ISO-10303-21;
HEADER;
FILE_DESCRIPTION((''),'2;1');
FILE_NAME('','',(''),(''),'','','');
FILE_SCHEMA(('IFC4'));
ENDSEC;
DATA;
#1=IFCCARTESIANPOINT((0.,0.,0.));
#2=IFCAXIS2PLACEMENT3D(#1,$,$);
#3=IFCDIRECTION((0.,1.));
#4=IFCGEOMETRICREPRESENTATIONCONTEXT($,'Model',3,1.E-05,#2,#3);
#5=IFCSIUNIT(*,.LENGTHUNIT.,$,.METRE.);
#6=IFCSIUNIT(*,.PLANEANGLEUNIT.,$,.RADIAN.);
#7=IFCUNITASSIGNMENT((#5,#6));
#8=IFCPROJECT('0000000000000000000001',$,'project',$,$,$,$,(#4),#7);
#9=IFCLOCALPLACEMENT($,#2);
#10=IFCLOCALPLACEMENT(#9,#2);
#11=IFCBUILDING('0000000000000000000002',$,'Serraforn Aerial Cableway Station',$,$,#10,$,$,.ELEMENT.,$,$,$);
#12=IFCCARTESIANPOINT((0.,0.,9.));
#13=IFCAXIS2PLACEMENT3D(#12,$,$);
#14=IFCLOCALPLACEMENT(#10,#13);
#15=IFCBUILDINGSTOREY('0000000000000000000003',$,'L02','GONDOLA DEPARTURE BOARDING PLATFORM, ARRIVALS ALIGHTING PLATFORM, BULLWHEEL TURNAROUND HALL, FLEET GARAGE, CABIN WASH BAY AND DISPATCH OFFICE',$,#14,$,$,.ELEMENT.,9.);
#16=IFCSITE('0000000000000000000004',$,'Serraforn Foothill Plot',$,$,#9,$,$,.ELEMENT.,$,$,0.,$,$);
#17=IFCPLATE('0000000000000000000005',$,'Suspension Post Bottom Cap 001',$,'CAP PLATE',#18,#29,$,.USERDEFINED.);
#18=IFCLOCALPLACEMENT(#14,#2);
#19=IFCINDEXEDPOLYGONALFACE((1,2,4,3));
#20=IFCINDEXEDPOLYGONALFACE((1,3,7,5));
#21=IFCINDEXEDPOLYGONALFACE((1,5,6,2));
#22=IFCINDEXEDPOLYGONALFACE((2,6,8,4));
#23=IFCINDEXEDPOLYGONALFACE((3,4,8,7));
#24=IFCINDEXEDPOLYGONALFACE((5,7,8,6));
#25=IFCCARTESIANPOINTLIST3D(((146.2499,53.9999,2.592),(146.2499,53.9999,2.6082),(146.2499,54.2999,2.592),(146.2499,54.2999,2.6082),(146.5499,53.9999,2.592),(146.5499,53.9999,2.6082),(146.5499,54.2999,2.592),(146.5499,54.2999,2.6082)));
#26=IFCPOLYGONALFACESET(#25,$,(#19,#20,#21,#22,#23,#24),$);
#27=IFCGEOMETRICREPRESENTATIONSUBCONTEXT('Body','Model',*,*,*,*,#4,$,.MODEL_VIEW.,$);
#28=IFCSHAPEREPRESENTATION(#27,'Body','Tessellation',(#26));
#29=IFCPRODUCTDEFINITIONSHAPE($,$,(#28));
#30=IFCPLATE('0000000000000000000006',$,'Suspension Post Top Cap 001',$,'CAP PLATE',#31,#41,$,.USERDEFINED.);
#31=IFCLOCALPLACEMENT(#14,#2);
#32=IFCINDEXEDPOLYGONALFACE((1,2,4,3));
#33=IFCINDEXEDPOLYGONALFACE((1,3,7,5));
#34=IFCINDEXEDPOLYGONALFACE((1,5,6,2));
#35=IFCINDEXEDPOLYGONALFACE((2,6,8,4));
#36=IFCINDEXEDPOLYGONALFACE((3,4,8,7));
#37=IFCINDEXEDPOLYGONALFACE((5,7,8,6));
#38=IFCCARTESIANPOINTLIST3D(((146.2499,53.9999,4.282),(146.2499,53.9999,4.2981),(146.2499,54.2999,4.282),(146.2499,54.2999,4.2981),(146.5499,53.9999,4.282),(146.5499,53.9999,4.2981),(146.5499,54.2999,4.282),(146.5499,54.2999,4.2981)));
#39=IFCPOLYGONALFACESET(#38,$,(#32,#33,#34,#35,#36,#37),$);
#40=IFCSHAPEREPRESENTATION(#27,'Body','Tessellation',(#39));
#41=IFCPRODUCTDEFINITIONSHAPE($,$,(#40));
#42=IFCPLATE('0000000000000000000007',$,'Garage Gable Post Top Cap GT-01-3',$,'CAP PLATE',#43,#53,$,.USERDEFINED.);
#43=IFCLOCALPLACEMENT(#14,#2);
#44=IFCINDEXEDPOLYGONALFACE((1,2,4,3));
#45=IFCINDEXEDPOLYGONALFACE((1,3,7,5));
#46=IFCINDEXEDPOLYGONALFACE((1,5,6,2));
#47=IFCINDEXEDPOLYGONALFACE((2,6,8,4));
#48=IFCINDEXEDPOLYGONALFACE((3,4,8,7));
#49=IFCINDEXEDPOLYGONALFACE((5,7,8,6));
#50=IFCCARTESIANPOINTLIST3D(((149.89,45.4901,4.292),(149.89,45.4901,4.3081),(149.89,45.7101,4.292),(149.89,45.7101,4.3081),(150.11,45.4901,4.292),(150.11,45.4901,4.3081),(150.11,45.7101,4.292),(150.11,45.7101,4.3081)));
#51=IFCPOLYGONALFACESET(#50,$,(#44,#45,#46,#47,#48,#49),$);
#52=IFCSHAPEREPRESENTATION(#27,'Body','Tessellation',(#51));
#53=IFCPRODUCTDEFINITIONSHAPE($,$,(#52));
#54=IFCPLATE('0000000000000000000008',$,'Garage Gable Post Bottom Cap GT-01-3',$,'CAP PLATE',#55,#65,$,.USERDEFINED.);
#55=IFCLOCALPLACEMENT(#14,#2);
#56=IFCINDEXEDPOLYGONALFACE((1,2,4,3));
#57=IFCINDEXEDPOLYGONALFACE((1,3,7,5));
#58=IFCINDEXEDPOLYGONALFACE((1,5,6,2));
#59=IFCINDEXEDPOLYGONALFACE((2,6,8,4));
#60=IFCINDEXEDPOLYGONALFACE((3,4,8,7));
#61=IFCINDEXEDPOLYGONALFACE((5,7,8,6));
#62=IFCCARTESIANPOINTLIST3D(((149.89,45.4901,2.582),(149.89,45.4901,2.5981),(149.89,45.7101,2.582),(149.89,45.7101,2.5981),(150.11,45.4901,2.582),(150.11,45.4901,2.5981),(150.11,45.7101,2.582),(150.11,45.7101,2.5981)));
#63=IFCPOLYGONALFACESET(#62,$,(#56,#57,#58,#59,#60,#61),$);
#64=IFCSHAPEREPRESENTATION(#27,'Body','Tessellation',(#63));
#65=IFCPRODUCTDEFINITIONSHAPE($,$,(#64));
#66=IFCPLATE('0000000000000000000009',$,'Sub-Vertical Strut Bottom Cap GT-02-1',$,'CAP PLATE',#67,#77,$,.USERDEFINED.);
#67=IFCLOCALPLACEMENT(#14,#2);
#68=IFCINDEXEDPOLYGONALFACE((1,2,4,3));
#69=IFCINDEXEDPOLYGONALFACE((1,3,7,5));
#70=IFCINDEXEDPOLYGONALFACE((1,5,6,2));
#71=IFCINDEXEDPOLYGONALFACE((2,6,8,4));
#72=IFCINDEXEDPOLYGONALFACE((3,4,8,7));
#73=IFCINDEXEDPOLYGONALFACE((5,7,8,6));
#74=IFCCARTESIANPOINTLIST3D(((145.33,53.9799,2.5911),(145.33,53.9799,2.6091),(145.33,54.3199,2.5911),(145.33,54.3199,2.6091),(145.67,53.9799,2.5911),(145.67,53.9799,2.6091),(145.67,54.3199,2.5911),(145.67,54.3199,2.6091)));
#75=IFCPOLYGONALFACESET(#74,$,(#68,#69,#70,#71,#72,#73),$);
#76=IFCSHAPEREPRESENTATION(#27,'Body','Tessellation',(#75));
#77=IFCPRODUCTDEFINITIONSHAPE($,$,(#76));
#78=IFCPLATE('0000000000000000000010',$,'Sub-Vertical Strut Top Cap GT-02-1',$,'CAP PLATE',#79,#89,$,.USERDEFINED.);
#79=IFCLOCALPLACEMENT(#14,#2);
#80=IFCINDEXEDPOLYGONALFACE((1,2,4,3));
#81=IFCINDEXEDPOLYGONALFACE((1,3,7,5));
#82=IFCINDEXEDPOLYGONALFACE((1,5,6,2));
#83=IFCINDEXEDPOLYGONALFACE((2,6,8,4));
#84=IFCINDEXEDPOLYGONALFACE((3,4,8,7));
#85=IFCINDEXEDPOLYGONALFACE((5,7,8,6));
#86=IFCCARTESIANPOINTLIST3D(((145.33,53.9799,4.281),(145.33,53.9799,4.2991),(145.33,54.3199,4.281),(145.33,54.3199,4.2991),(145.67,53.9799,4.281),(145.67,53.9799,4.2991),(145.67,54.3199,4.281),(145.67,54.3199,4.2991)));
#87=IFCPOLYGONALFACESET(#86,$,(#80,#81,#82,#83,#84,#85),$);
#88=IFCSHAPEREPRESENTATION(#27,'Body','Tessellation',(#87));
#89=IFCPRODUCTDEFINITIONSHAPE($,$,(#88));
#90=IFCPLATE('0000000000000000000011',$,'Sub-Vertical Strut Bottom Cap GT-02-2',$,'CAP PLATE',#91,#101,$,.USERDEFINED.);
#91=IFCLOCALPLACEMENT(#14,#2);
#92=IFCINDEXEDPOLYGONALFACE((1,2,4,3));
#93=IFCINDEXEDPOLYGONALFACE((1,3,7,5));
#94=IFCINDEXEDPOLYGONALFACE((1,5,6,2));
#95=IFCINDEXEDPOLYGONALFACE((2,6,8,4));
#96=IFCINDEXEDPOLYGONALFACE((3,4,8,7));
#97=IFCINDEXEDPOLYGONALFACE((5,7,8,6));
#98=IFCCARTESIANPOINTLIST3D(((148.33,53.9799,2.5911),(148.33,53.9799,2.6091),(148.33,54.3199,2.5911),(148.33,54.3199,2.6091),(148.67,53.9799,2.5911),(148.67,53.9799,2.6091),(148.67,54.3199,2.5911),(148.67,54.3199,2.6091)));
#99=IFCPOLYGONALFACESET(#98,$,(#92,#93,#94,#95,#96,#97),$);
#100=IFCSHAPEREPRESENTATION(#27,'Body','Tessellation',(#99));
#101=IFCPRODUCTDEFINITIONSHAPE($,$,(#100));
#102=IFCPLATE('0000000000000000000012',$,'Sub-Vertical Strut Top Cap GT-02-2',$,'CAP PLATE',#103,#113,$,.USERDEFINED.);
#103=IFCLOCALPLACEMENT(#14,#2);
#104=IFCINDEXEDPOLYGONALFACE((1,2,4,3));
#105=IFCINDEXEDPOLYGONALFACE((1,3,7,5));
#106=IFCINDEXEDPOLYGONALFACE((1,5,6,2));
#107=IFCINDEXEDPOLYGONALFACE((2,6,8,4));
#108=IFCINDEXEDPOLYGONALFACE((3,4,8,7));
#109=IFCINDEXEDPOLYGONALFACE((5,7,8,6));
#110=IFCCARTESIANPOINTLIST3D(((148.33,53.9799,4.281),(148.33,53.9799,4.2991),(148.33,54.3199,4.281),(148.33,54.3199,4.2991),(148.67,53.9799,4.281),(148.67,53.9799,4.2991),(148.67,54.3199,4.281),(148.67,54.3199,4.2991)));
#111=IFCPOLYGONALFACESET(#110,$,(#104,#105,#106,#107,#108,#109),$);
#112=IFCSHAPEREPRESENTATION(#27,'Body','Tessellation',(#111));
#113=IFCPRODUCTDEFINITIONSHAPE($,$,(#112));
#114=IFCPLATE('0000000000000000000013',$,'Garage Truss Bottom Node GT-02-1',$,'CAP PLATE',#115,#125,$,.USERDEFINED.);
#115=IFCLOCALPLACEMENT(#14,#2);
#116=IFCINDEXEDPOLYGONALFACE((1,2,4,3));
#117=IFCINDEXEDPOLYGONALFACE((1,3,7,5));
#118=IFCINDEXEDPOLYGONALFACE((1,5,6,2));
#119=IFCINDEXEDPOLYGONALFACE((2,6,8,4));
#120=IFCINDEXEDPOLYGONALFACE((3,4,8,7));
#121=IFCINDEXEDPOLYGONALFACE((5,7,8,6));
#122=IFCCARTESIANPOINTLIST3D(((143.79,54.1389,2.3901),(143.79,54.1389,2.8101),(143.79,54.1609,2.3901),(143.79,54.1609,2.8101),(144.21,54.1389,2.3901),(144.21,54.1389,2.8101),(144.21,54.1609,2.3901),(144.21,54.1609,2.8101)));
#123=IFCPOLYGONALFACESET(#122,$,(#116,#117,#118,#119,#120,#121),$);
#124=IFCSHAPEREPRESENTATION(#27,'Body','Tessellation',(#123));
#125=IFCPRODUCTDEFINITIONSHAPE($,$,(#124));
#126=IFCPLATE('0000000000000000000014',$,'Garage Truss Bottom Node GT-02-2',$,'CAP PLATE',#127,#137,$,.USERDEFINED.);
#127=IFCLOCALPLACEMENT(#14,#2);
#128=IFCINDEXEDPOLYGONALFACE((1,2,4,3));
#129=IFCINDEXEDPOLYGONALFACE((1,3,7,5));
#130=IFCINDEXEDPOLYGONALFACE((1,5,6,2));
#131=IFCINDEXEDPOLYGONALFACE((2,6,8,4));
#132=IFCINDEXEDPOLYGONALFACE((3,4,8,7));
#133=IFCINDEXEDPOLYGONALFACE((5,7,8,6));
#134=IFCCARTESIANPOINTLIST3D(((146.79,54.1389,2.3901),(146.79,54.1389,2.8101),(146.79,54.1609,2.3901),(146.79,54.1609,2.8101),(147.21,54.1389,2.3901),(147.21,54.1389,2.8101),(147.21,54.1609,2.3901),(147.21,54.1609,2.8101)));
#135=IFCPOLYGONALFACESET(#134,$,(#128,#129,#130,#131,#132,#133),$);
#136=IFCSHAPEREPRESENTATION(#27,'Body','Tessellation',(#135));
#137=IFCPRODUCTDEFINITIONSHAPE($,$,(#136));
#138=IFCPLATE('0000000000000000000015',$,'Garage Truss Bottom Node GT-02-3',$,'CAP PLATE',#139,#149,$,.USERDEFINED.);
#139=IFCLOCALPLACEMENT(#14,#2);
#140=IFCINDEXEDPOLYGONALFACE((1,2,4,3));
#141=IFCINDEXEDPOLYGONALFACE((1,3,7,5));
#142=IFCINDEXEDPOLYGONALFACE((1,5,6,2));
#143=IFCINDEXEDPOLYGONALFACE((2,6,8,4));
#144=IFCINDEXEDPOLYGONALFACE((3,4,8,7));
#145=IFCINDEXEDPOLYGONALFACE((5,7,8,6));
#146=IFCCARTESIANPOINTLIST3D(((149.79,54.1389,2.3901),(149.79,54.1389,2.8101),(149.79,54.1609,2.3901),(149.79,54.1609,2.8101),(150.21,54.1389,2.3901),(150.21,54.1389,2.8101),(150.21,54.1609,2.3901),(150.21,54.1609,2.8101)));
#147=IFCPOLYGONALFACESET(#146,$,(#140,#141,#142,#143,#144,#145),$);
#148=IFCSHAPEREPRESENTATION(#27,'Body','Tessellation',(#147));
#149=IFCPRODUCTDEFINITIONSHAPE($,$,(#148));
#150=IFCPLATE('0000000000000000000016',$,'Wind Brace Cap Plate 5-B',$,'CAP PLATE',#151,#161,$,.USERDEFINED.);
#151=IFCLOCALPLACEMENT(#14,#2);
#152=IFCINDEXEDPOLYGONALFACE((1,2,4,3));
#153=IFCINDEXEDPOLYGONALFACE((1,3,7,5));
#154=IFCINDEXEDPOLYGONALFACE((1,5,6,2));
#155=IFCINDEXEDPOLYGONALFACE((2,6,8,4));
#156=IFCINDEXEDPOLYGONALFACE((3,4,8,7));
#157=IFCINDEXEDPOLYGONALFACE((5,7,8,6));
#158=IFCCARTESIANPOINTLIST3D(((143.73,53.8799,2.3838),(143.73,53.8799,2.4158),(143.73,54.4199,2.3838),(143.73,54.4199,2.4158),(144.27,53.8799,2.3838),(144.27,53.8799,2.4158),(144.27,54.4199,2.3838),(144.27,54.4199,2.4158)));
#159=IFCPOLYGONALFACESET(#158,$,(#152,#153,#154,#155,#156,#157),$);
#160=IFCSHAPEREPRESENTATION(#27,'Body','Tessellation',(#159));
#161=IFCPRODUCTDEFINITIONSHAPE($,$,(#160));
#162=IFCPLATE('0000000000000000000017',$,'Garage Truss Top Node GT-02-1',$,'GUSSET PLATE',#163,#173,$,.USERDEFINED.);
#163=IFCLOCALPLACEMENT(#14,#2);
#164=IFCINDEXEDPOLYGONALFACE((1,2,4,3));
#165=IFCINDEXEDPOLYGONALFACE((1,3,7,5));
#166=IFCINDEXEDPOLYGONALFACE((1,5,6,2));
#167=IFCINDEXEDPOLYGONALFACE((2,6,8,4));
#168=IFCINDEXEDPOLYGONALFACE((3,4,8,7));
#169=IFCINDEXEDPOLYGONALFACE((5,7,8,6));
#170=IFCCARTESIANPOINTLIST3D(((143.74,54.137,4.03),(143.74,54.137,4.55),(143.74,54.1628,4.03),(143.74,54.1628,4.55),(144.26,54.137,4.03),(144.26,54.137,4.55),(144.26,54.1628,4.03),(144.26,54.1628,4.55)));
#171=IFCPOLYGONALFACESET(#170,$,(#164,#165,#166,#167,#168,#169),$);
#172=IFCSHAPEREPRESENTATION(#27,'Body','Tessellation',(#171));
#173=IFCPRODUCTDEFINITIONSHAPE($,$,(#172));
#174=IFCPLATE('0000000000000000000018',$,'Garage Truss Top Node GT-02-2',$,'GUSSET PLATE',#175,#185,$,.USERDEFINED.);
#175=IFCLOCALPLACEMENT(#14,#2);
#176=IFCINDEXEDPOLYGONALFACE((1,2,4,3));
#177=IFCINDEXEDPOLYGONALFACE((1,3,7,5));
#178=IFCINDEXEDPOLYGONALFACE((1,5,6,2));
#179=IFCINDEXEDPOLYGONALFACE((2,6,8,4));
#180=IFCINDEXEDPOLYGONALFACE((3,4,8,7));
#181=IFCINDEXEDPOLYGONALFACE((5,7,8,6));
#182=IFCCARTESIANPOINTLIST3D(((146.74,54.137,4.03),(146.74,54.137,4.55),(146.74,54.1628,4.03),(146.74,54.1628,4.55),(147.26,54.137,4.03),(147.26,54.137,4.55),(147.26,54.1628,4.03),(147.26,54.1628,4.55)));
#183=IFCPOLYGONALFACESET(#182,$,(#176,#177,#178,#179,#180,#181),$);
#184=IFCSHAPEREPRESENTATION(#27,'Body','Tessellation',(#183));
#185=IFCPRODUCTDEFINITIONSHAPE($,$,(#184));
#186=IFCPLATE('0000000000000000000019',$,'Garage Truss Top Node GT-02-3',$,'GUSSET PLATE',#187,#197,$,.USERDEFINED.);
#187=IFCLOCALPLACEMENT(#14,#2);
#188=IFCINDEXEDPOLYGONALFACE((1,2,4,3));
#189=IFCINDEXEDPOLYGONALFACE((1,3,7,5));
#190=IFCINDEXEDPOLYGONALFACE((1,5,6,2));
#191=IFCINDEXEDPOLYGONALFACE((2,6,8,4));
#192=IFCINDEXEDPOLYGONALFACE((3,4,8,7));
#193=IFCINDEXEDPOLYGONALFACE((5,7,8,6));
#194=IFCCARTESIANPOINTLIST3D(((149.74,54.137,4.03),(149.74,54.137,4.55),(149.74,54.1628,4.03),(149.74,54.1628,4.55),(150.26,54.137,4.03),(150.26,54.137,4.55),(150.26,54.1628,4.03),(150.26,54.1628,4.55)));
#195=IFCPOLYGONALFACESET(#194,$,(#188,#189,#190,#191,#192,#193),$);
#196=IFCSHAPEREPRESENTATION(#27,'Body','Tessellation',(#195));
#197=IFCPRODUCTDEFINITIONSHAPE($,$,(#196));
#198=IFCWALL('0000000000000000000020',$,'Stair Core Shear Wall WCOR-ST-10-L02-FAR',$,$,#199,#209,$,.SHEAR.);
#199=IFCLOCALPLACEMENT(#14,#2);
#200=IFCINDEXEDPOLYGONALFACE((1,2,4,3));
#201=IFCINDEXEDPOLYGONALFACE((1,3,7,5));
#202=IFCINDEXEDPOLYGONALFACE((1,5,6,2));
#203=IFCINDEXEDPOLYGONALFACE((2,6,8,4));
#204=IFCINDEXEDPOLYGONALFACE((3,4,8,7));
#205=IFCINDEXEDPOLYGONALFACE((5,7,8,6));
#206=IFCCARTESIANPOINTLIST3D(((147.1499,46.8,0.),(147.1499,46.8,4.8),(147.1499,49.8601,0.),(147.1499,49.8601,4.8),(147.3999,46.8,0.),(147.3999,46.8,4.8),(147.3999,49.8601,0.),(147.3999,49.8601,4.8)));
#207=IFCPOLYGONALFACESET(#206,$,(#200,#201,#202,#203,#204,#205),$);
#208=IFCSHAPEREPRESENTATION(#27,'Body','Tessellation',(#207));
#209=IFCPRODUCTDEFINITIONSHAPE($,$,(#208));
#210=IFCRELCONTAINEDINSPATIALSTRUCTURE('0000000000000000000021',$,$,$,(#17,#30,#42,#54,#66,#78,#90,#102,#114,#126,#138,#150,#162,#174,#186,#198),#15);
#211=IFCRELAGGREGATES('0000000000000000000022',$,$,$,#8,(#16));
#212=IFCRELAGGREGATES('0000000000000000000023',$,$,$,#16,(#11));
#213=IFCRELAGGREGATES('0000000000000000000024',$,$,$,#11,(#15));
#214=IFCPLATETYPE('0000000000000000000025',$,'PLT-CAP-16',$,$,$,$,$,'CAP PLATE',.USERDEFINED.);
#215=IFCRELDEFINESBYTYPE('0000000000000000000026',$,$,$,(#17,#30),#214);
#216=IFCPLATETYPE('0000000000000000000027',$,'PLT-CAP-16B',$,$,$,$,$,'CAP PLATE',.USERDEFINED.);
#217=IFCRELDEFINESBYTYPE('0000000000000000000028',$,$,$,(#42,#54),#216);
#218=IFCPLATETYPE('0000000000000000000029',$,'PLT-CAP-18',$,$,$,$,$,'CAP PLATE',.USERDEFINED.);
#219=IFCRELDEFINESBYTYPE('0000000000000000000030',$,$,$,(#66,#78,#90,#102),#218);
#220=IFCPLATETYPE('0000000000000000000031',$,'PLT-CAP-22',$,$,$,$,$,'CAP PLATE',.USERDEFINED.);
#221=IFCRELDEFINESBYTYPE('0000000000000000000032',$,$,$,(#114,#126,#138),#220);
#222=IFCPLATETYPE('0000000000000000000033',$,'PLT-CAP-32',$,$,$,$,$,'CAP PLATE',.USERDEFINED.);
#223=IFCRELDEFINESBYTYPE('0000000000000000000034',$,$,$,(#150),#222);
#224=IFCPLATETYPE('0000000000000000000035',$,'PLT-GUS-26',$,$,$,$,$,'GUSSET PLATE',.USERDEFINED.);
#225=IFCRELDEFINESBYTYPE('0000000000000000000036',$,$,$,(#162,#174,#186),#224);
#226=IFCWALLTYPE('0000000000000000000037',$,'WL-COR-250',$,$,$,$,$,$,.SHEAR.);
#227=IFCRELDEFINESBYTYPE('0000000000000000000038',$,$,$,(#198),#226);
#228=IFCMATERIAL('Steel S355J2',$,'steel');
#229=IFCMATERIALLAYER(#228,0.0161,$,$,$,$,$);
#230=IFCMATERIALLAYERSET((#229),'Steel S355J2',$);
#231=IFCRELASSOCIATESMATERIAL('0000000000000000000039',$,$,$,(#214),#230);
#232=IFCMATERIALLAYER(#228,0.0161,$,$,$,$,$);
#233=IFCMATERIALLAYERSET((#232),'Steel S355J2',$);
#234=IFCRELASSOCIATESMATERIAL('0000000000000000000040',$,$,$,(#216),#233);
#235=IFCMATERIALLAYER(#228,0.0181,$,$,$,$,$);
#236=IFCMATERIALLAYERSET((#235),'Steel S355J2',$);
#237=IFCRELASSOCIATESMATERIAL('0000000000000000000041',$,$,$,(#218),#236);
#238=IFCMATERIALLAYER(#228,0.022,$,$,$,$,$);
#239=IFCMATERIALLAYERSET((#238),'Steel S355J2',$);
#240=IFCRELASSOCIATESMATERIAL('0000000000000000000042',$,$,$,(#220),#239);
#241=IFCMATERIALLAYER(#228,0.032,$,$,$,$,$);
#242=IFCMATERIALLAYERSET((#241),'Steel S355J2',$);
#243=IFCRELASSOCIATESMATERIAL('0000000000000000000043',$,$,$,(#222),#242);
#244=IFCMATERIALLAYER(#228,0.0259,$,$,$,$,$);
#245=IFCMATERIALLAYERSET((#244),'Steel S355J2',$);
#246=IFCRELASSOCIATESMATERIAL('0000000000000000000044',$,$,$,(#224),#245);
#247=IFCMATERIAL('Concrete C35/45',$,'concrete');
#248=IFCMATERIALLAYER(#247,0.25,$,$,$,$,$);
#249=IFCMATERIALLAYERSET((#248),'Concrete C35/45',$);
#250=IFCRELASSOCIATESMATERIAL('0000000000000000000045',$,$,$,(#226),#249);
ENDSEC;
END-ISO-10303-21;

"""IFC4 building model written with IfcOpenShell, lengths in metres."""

from ifc_helpers import new_model, si_unit, direction, frame, frame_2d, origin, origin_2d, place, context, subcontext, project, spatial, rectangle, extrude, material, layer, layer_set, type_object, element, save


model = new_model("IFC4")

# Units and contexts
model_context = context("Model", 3, precision=1e-05, world=origin(), true_north=direction((0.0, 1.0)))
body_context = subcontext(model_context, "Body", "Model", "MODEL_VIEW")
ifc_project = project(units=[si_unit("LENGTHUNIT", "METRE"), si_unit("PLANEANGLEUNIT", "RADIAN")], contexts=[model_context])

# Site, building, storey
site_placement = place(None, origin())
site = spatial("IfcSite", under=ifc_project, at=site_placement, Name="Serraforn Foothill Plot", CompositionType="ELEMENT", RefElevation=0.0)
building_placement = place(site_placement, origin())
building = spatial("IfcBuilding", under=site, at=building_placement, Name="Serraforn Aerial Cableway Station", CompositionType="ELEMENT")
storey_placement = place(building_placement, frame((0.0, 0.0, 9.0)))
storey = spatial("IfcBuildingStorey", under=building, at=storey_placement, Name="L02", Description="GONDOLA DEPARTURE BOARDING PLATFORM, ARRIVALS ALIGHTING PLATFORM, BULLWHEEL TURNAROUND HALL, FLEET GARAGE, CABIN WASH BAY AND DISPATCH OFFICE", CompositionType="ELEMENT", Elevation=9.0)

# Shared definitions
ifc_material_1 = material(Name="Steel S355J2", Category="steel")

# Plates
ifc_layer_1 = layer(ifc_material_1, 0.0161)
ifc_layer_set_1 = layer_set([ifc_layer_1], Name="Steel S355J2")
plate_type_1 = type_object("IfcPlateType", Name="PLT-CAP-16", ElementType="CAP PLATE", PredefinedType="USERDEFINED", material=ifc_layer_set_1)
for number, where, z_axis, x_axis, name in (
    (1, (146.3999, 54.1499, 2.592), (0.0, 0.0, 1.0), (1.0, 0.0, 0.0), "Suspension Post Bottom Cap 001"),
    (2, (146.3999, 54.1499, 4.282), (0.0, 0.0, 1.0), (1.0, 0.0, 0.0), "Suspension Post Top Cap 001"),
):
    element("IfcPlate", number, at=place(storey_placement, frame(where, z_axis=z_axis, x_axis=x_axis)), inside=storey, type_object=plate_type_1, Name=name, ObjectType="CAP PLATE", PredefinedType="USERDEFINED", context=body_context, shape_type="SweptSolid", body=[
        extrude(rectangle(XDim=0.3, YDim=0.3, at=origin_2d()), origin(), (0.0, 0.0, 1.0), 0.0161),
    ])
ifc_layer_2 = layer(ifc_material_1, 0.0161)
ifc_layer_set_2 = layer_set([ifc_layer_2], Name="Steel S355J2")
plate_type_2 = type_object("IfcPlateType", Name="PLT-CAP-16B", ElementType="CAP PLATE", PredefinedType="USERDEFINED", material=ifc_layer_set_2)
for number, where, z_axis, x_axis, name in (
    (3, (150.0, 45.6001, 4.292), (0.0, 0.0, 1.0), (1.0, 0.0, 0.0), "Garage Gable Post Top Cap GT-01-3"),
    (4, (150.0, 45.6001, 2.582), (0.0, 0.0, 1.0), (1.0, 0.0, 0.0), "Garage Gable Post Bottom Cap GT-01-3"),
):
    element("IfcPlate", number, at=place(storey_placement, frame(where, z_axis=z_axis, x_axis=x_axis)), inside=storey, type_object=plate_type_2, Name=name, ObjectType="CAP PLATE", PredefinedType="USERDEFINED", context=body_context, shape_type="SweptSolid", body=[
        extrude(rectangle(XDim=0.22, YDim=0.22, at=origin_2d()), origin(), (0.0, 0.0, 1.0), 0.0161),
    ])
ifc_layer_3 = layer(ifc_material_1, 0.0181)
ifc_layer_set_3 = layer_set([ifc_layer_3], Name="Steel S355J2")
plate_type_3 = type_object("IfcPlateType", Name="PLT-CAP-18", ElementType="CAP PLATE", PredefinedType="USERDEFINED", material=ifc_layer_set_3)
for number, where, z_axis, x_axis, name in (
    (5, (145.5, 54.1499, 2.5911), (0.0, 0.0, 1.0), (1.0, 0.0, 0.0), "Sub-Vertical Strut Bottom Cap GT-02-1"),
    (6, (145.5, 54.1499, 4.281), (0.0, 0.0, 1.0), (1.0, 0.0, 0.0), "Sub-Vertical Strut Top Cap GT-02-1"),
    (7, (148.5, 54.1499, 2.5911), (0.0, 0.0, 1.0), (1.0, 0.0, 0.0), "Sub-Vertical Strut Bottom Cap GT-02-2"),
    (8, (148.5, 54.1499, 4.281), (0.0, 0.0, 1.0), (1.0, 0.0, 0.0), "Sub-Vertical Strut Top Cap GT-02-2"),
):
    element("IfcPlate", number, at=place(storey_placement, frame(where, z_axis=z_axis, x_axis=x_axis)), inside=storey, type_object=plate_type_3, Name=name, ObjectType="CAP PLATE", PredefinedType="USERDEFINED", context=body_context, shape_type="SweptSolid", body=[
        extrude(rectangle(XDim=0.3401, YDim=0.3401, at=origin_2d()), origin(), (0.0, 0.0, 1.0), 0.0181),
    ])
ifc_layer_4 = layer(ifc_material_1, 0.022)
ifc_layer_set_4 = layer_set([ifc_layer_4], Name="Steel S355J2")
plate_type_4 = type_object("IfcPlateType", Name="PLT-CAP-22", ElementType="CAP PLATE", PredefinedType="USERDEFINED", material=ifc_layer_set_4)
for number, where, z_axis, x_axis, name in (
    (9, (144.0, 54.1499, 2.3901), (0.0, 0.0, 1.0), (1.0, 0.0, 0.0), "Garage Truss Bottom Node GT-02-1"),
    (10, (147.0, 54.1499, 2.3901), (0.0, 0.0, 1.0), (1.0, 0.0, 0.0), "Garage Truss Bottom Node GT-02-2"),
    (11, (150.0, 54.1499, 2.3901), (0.0, 0.0, 1.0), (1.0, 0.0, 0.0), "Garage Truss Bottom Node GT-02-3"),
):
    element("IfcPlate", number, at=place(storey_placement, frame(where, z_axis=z_axis, x_axis=x_axis)), inside=storey, type_object=plate_type_4, Name=name, ObjectType="CAP PLATE", PredefinedType="USERDEFINED", context=body_context, shape_type="SweptSolid", body=[
        extrude(rectangle(XDim=0.4199, YDim=0.022, at=origin_2d()), origin(), (0.0, 0.0, 1.0), 0.4199),
    ])
ifc_layer_5 = layer(ifc_material_1, 0.032)
ifc_layer_set_5 = layer_set([ifc_layer_5], Name="Steel S355J2")
plate_type_5 = type_object("IfcPlateType", Name="PLT-CAP-32", ElementType="CAP PLATE", PredefinedType="USERDEFINED", material=ifc_layer_set_5)
plate_placement = place(storey_placement, frame((144.0, 54.1499, 2.3838), z_axis=(0.0, 0.0, 1.0), x_axis=(1.0, 0.0, 0.0)))
element("IfcPlate", 12, at=plate_placement, inside=storey, type_object=plate_type_5, Name="Wind Brace Cap Plate 5-B", ObjectType="CAP PLATE", PredefinedType="USERDEFINED", context=body_context, shape_type="SweptSolid", body=[
    extrude(rectangle(XDim=0.54, YDim=0.54, at=origin_2d()), origin(), (0.0, 0.0, 1.0), 0.032),
])
ifc_layer_6 = layer(ifc_material_1, 0.0259)
ifc_layer_set_6 = layer_set([ifc_layer_6], Name="Steel S355J2")
plate_type_6 = type_object("IfcPlateType", Name="PLT-GUS-26", ElementType="GUSSET PLATE", PredefinedType="USERDEFINED", material=ifc_layer_set_6)
for number, where, z_axis, x_axis, name in (
    (13, (144.0, 54.1499, 4.03), (0.0, 0.0, 1.0), (1.0, 0.0, 0.0), "Garage Truss Top Node GT-02-1"),
    (14, (147.0, 54.1499, 4.03), (0.0, 0.0, 1.0), (1.0, 0.0, 0.0), "Garage Truss Top Node GT-02-2"),
    (15, (150.0, 54.1499, 4.03), (0.0, 0.0, 1.0), (1.0, 0.0, 0.0), "Garage Truss Top Node GT-02-3"),
):
    element("IfcPlate", number, at=place(storey_placement, frame(where, z_axis=z_axis, x_axis=x_axis)), inside=storey, type_object=plate_type_6, Name=name, ObjectType="GUSSET PLATE", PredefinedType="USERDEFINED", context=body_context, shape_type="SweptSolid", body=[
        extrude(rectangle(XDim=0.52, YDim=0.0259, at=origin_2d()), origin(), (0.0, 0.0, 1.0), 0.52),
    ])

# Wall
ifc_material_2 = material(Name="Concrete C35/45", Category="concrete")
ifc_layer_7 = layer(ifc_material_2, 0.25)
ifc_layer_set_7 = layer_set([ifc_layer_7], Name="Concrete C35/45")
wall_type = type_object("IfcWallType", Name="WL-COR-250", PredefinedType="SHEAR", material=ifc_layer_set_7)
wall_placement = place(storey_placement, frame((147.2749, 49.8601, 0.0), z_axis=(0.0, 0.0, 1.0), x_axis=(0.0, -1.0, 0.0)))
element("IfcWall", 16, at=wall_placement, inside=storey, type_object=wall_type, Name="Stair Core Shear Wall WCOR-ST-10-L02-FAR", PredefinedType="SHEAR", context=body_context, shape_type="SweptSolid", body=[
    extrude(rectangle(XDim=3.0601, YDim=0.25, at=frame_2d((1.53, 0.0))), origin(), (0.0, 0.0, 1.0), 4.8),
])

save(model, "model.ifc")
